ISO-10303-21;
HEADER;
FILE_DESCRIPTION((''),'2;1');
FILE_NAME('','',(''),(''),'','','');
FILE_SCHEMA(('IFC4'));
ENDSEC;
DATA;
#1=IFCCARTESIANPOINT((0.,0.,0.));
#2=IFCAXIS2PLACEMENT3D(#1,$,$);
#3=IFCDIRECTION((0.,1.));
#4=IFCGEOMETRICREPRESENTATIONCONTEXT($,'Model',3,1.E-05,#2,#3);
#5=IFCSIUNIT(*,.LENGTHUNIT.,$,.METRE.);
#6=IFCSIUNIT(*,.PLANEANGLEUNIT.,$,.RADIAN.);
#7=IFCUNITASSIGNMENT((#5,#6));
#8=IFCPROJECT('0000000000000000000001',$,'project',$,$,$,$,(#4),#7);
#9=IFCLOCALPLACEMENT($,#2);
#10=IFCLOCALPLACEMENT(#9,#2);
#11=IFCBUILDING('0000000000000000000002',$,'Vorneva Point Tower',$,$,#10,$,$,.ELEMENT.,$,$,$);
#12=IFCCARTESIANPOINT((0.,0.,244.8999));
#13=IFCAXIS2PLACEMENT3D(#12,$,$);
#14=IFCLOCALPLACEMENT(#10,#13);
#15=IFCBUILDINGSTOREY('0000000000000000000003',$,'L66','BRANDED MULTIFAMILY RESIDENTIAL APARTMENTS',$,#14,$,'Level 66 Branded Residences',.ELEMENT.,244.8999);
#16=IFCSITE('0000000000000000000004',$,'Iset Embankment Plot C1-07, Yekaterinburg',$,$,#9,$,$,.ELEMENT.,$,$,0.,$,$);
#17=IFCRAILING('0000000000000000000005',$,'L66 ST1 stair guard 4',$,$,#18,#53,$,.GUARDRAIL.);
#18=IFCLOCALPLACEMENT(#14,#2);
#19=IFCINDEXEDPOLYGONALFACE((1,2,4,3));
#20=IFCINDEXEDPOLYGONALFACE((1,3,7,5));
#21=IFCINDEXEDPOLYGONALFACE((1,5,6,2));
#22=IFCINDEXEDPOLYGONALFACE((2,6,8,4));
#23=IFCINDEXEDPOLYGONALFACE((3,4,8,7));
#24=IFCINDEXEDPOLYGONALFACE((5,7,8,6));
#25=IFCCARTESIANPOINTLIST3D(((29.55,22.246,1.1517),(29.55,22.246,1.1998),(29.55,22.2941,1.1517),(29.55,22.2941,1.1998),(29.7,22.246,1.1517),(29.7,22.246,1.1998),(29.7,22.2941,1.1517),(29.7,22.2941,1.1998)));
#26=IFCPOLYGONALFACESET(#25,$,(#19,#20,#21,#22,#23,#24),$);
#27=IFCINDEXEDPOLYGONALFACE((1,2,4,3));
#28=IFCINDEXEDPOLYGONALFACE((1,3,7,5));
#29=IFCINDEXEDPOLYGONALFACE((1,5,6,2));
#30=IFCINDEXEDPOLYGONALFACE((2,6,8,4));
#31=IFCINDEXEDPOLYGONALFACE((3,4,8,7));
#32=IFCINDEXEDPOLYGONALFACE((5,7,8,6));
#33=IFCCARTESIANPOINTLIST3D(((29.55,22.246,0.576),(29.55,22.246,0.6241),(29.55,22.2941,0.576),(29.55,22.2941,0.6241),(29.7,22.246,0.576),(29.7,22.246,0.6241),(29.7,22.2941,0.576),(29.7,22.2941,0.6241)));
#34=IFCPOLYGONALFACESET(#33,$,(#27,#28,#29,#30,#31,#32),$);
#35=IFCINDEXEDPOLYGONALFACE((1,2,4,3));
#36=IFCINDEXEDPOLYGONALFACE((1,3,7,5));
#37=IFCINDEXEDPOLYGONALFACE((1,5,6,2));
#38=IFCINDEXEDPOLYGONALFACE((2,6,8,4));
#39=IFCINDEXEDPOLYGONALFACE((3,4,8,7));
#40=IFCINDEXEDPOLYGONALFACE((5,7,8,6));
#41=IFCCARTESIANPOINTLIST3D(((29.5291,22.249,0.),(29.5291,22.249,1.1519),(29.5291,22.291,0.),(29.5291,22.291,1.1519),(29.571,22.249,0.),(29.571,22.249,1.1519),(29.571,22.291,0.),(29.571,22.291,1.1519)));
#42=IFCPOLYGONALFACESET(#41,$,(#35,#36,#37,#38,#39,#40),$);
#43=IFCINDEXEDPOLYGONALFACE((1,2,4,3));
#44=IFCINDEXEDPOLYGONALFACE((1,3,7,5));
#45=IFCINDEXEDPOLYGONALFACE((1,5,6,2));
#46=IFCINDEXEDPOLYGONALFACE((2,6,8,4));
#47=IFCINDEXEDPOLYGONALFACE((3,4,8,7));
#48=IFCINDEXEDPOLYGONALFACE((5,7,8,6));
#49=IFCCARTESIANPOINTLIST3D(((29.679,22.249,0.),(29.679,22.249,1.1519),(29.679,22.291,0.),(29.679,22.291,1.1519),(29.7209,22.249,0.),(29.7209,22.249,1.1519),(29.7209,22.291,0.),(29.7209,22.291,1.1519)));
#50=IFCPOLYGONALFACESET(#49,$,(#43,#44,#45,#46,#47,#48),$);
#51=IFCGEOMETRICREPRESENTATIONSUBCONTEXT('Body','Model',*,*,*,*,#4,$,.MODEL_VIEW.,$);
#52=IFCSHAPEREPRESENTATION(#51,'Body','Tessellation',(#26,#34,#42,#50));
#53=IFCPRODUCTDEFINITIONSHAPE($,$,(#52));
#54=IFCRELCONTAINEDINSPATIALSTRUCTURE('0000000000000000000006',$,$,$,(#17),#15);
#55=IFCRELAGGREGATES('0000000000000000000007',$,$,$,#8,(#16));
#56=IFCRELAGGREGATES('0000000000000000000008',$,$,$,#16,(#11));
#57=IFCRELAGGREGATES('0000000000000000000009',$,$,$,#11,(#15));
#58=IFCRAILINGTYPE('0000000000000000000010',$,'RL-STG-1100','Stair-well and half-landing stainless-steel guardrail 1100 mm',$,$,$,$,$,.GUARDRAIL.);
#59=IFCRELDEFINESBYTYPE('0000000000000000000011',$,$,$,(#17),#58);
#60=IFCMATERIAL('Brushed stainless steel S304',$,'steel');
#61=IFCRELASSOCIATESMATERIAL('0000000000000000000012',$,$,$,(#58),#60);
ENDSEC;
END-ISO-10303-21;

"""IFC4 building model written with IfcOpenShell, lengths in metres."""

from ifc_helpers import new_model, si_unit, direction, frame, origin, origin_2d, place, context, subcontext, project, spatial, rectangle, extrude, material, type_object, element, save


model = new_model("IFC4")

# Units and contexts
model_context = context("Model", 3, precision=1e-05, world=origin(), true_north=direction((0.0, 1.0)))
body_context = subcontext(model_context, "Body", "Model", "MODEL_VIEW")
ifc_project = project(units=[si_unit("LENGTHUNIT", "METRE"), si_unit("PLANEANGLEUNIT", "RADIAN")], contexts=[model_context])

# Site, building, storey
site_placement = place(None, origin())
site = spatial("IfcSite", under=ifc_project, at=site_placement, Name="Iset Embankment Plot C1-07, Yekaterinburg", CompositionType="ELEMENT", RefElevation=0.0)
building_placement = place(site_placement, origin())
building = spatial("IfcBuilding", under=site, at=building_placement, Name="Vorneva Point Tower", CompositionType="ELEMENT")
storey_placement = place(building_placement, frame((0.0, 0.0, 244.8999)))
storey = spatial("IfcBuildingStorey", under=building, at=storey_placement, Name="L66", Description="BRANDED MULTIFAMILY RESIDENTIAL APARTMENTS", LongName="Level 66 Branded Residences", CompositionType="ELEMENT", Elevation=244.8999)

# Railing
ifc_material_1 = material(Name="Brushed stainless steel S304", Category="steel")
railing_type_1 = type_object("IfcRailingType", Name="RL-STG-1100", Description="Stair-well and half-landing stainless-steel guardrail 1100 mm", PredefinedType="GUARDRAIL", material=ifc_material_1)
railing_1_placement = place(storey_placement, frame((29.55, 22.27, 0.0)))
element("IfcRailing", 1, at=railing_1_placement, inside=storey, type_object=railing_type_1, Name="L66 ST1 stair guard 4", PredefinedType="GUARDRAIL", context=body_context, shape_type="SweptSolid", body=[
    extrude(rectangle(XDim=0.0481, YDim=0.0481, at=origin_2d()), frame((0.0, 0.0, 1.1758), z_axis=(1.0, 0.0, 0.0), x_axis=(0.0, 1.0, 0.0)), (0.0, 0.0, 1.0), 0.1499),
    extrude(rectangle(XDim=0.0481, YDim=0.0481, at=origin_2d()), frame((0.0, 0.0, 0.6001), z_axis=(1.0, 0.0, 0.0), x_axis=(0.0, 1.0, 0.0)), (0.0, 0.0, 1.0), 0.1499),
    extrude(rectangle(XDim=0.042, YDim=0.042, at=origin_2d()), origin(), (0.0, 0.0, 1.0), 1.1519),
    extrude(rectangle(XDim=0.042, YDim=0.042, at=origin_2d()), frame((0.1499, 0.0, 0.0)), (0.0, 0.0, 1.0), 1.1519),
])

save(model, "model.ifc")
